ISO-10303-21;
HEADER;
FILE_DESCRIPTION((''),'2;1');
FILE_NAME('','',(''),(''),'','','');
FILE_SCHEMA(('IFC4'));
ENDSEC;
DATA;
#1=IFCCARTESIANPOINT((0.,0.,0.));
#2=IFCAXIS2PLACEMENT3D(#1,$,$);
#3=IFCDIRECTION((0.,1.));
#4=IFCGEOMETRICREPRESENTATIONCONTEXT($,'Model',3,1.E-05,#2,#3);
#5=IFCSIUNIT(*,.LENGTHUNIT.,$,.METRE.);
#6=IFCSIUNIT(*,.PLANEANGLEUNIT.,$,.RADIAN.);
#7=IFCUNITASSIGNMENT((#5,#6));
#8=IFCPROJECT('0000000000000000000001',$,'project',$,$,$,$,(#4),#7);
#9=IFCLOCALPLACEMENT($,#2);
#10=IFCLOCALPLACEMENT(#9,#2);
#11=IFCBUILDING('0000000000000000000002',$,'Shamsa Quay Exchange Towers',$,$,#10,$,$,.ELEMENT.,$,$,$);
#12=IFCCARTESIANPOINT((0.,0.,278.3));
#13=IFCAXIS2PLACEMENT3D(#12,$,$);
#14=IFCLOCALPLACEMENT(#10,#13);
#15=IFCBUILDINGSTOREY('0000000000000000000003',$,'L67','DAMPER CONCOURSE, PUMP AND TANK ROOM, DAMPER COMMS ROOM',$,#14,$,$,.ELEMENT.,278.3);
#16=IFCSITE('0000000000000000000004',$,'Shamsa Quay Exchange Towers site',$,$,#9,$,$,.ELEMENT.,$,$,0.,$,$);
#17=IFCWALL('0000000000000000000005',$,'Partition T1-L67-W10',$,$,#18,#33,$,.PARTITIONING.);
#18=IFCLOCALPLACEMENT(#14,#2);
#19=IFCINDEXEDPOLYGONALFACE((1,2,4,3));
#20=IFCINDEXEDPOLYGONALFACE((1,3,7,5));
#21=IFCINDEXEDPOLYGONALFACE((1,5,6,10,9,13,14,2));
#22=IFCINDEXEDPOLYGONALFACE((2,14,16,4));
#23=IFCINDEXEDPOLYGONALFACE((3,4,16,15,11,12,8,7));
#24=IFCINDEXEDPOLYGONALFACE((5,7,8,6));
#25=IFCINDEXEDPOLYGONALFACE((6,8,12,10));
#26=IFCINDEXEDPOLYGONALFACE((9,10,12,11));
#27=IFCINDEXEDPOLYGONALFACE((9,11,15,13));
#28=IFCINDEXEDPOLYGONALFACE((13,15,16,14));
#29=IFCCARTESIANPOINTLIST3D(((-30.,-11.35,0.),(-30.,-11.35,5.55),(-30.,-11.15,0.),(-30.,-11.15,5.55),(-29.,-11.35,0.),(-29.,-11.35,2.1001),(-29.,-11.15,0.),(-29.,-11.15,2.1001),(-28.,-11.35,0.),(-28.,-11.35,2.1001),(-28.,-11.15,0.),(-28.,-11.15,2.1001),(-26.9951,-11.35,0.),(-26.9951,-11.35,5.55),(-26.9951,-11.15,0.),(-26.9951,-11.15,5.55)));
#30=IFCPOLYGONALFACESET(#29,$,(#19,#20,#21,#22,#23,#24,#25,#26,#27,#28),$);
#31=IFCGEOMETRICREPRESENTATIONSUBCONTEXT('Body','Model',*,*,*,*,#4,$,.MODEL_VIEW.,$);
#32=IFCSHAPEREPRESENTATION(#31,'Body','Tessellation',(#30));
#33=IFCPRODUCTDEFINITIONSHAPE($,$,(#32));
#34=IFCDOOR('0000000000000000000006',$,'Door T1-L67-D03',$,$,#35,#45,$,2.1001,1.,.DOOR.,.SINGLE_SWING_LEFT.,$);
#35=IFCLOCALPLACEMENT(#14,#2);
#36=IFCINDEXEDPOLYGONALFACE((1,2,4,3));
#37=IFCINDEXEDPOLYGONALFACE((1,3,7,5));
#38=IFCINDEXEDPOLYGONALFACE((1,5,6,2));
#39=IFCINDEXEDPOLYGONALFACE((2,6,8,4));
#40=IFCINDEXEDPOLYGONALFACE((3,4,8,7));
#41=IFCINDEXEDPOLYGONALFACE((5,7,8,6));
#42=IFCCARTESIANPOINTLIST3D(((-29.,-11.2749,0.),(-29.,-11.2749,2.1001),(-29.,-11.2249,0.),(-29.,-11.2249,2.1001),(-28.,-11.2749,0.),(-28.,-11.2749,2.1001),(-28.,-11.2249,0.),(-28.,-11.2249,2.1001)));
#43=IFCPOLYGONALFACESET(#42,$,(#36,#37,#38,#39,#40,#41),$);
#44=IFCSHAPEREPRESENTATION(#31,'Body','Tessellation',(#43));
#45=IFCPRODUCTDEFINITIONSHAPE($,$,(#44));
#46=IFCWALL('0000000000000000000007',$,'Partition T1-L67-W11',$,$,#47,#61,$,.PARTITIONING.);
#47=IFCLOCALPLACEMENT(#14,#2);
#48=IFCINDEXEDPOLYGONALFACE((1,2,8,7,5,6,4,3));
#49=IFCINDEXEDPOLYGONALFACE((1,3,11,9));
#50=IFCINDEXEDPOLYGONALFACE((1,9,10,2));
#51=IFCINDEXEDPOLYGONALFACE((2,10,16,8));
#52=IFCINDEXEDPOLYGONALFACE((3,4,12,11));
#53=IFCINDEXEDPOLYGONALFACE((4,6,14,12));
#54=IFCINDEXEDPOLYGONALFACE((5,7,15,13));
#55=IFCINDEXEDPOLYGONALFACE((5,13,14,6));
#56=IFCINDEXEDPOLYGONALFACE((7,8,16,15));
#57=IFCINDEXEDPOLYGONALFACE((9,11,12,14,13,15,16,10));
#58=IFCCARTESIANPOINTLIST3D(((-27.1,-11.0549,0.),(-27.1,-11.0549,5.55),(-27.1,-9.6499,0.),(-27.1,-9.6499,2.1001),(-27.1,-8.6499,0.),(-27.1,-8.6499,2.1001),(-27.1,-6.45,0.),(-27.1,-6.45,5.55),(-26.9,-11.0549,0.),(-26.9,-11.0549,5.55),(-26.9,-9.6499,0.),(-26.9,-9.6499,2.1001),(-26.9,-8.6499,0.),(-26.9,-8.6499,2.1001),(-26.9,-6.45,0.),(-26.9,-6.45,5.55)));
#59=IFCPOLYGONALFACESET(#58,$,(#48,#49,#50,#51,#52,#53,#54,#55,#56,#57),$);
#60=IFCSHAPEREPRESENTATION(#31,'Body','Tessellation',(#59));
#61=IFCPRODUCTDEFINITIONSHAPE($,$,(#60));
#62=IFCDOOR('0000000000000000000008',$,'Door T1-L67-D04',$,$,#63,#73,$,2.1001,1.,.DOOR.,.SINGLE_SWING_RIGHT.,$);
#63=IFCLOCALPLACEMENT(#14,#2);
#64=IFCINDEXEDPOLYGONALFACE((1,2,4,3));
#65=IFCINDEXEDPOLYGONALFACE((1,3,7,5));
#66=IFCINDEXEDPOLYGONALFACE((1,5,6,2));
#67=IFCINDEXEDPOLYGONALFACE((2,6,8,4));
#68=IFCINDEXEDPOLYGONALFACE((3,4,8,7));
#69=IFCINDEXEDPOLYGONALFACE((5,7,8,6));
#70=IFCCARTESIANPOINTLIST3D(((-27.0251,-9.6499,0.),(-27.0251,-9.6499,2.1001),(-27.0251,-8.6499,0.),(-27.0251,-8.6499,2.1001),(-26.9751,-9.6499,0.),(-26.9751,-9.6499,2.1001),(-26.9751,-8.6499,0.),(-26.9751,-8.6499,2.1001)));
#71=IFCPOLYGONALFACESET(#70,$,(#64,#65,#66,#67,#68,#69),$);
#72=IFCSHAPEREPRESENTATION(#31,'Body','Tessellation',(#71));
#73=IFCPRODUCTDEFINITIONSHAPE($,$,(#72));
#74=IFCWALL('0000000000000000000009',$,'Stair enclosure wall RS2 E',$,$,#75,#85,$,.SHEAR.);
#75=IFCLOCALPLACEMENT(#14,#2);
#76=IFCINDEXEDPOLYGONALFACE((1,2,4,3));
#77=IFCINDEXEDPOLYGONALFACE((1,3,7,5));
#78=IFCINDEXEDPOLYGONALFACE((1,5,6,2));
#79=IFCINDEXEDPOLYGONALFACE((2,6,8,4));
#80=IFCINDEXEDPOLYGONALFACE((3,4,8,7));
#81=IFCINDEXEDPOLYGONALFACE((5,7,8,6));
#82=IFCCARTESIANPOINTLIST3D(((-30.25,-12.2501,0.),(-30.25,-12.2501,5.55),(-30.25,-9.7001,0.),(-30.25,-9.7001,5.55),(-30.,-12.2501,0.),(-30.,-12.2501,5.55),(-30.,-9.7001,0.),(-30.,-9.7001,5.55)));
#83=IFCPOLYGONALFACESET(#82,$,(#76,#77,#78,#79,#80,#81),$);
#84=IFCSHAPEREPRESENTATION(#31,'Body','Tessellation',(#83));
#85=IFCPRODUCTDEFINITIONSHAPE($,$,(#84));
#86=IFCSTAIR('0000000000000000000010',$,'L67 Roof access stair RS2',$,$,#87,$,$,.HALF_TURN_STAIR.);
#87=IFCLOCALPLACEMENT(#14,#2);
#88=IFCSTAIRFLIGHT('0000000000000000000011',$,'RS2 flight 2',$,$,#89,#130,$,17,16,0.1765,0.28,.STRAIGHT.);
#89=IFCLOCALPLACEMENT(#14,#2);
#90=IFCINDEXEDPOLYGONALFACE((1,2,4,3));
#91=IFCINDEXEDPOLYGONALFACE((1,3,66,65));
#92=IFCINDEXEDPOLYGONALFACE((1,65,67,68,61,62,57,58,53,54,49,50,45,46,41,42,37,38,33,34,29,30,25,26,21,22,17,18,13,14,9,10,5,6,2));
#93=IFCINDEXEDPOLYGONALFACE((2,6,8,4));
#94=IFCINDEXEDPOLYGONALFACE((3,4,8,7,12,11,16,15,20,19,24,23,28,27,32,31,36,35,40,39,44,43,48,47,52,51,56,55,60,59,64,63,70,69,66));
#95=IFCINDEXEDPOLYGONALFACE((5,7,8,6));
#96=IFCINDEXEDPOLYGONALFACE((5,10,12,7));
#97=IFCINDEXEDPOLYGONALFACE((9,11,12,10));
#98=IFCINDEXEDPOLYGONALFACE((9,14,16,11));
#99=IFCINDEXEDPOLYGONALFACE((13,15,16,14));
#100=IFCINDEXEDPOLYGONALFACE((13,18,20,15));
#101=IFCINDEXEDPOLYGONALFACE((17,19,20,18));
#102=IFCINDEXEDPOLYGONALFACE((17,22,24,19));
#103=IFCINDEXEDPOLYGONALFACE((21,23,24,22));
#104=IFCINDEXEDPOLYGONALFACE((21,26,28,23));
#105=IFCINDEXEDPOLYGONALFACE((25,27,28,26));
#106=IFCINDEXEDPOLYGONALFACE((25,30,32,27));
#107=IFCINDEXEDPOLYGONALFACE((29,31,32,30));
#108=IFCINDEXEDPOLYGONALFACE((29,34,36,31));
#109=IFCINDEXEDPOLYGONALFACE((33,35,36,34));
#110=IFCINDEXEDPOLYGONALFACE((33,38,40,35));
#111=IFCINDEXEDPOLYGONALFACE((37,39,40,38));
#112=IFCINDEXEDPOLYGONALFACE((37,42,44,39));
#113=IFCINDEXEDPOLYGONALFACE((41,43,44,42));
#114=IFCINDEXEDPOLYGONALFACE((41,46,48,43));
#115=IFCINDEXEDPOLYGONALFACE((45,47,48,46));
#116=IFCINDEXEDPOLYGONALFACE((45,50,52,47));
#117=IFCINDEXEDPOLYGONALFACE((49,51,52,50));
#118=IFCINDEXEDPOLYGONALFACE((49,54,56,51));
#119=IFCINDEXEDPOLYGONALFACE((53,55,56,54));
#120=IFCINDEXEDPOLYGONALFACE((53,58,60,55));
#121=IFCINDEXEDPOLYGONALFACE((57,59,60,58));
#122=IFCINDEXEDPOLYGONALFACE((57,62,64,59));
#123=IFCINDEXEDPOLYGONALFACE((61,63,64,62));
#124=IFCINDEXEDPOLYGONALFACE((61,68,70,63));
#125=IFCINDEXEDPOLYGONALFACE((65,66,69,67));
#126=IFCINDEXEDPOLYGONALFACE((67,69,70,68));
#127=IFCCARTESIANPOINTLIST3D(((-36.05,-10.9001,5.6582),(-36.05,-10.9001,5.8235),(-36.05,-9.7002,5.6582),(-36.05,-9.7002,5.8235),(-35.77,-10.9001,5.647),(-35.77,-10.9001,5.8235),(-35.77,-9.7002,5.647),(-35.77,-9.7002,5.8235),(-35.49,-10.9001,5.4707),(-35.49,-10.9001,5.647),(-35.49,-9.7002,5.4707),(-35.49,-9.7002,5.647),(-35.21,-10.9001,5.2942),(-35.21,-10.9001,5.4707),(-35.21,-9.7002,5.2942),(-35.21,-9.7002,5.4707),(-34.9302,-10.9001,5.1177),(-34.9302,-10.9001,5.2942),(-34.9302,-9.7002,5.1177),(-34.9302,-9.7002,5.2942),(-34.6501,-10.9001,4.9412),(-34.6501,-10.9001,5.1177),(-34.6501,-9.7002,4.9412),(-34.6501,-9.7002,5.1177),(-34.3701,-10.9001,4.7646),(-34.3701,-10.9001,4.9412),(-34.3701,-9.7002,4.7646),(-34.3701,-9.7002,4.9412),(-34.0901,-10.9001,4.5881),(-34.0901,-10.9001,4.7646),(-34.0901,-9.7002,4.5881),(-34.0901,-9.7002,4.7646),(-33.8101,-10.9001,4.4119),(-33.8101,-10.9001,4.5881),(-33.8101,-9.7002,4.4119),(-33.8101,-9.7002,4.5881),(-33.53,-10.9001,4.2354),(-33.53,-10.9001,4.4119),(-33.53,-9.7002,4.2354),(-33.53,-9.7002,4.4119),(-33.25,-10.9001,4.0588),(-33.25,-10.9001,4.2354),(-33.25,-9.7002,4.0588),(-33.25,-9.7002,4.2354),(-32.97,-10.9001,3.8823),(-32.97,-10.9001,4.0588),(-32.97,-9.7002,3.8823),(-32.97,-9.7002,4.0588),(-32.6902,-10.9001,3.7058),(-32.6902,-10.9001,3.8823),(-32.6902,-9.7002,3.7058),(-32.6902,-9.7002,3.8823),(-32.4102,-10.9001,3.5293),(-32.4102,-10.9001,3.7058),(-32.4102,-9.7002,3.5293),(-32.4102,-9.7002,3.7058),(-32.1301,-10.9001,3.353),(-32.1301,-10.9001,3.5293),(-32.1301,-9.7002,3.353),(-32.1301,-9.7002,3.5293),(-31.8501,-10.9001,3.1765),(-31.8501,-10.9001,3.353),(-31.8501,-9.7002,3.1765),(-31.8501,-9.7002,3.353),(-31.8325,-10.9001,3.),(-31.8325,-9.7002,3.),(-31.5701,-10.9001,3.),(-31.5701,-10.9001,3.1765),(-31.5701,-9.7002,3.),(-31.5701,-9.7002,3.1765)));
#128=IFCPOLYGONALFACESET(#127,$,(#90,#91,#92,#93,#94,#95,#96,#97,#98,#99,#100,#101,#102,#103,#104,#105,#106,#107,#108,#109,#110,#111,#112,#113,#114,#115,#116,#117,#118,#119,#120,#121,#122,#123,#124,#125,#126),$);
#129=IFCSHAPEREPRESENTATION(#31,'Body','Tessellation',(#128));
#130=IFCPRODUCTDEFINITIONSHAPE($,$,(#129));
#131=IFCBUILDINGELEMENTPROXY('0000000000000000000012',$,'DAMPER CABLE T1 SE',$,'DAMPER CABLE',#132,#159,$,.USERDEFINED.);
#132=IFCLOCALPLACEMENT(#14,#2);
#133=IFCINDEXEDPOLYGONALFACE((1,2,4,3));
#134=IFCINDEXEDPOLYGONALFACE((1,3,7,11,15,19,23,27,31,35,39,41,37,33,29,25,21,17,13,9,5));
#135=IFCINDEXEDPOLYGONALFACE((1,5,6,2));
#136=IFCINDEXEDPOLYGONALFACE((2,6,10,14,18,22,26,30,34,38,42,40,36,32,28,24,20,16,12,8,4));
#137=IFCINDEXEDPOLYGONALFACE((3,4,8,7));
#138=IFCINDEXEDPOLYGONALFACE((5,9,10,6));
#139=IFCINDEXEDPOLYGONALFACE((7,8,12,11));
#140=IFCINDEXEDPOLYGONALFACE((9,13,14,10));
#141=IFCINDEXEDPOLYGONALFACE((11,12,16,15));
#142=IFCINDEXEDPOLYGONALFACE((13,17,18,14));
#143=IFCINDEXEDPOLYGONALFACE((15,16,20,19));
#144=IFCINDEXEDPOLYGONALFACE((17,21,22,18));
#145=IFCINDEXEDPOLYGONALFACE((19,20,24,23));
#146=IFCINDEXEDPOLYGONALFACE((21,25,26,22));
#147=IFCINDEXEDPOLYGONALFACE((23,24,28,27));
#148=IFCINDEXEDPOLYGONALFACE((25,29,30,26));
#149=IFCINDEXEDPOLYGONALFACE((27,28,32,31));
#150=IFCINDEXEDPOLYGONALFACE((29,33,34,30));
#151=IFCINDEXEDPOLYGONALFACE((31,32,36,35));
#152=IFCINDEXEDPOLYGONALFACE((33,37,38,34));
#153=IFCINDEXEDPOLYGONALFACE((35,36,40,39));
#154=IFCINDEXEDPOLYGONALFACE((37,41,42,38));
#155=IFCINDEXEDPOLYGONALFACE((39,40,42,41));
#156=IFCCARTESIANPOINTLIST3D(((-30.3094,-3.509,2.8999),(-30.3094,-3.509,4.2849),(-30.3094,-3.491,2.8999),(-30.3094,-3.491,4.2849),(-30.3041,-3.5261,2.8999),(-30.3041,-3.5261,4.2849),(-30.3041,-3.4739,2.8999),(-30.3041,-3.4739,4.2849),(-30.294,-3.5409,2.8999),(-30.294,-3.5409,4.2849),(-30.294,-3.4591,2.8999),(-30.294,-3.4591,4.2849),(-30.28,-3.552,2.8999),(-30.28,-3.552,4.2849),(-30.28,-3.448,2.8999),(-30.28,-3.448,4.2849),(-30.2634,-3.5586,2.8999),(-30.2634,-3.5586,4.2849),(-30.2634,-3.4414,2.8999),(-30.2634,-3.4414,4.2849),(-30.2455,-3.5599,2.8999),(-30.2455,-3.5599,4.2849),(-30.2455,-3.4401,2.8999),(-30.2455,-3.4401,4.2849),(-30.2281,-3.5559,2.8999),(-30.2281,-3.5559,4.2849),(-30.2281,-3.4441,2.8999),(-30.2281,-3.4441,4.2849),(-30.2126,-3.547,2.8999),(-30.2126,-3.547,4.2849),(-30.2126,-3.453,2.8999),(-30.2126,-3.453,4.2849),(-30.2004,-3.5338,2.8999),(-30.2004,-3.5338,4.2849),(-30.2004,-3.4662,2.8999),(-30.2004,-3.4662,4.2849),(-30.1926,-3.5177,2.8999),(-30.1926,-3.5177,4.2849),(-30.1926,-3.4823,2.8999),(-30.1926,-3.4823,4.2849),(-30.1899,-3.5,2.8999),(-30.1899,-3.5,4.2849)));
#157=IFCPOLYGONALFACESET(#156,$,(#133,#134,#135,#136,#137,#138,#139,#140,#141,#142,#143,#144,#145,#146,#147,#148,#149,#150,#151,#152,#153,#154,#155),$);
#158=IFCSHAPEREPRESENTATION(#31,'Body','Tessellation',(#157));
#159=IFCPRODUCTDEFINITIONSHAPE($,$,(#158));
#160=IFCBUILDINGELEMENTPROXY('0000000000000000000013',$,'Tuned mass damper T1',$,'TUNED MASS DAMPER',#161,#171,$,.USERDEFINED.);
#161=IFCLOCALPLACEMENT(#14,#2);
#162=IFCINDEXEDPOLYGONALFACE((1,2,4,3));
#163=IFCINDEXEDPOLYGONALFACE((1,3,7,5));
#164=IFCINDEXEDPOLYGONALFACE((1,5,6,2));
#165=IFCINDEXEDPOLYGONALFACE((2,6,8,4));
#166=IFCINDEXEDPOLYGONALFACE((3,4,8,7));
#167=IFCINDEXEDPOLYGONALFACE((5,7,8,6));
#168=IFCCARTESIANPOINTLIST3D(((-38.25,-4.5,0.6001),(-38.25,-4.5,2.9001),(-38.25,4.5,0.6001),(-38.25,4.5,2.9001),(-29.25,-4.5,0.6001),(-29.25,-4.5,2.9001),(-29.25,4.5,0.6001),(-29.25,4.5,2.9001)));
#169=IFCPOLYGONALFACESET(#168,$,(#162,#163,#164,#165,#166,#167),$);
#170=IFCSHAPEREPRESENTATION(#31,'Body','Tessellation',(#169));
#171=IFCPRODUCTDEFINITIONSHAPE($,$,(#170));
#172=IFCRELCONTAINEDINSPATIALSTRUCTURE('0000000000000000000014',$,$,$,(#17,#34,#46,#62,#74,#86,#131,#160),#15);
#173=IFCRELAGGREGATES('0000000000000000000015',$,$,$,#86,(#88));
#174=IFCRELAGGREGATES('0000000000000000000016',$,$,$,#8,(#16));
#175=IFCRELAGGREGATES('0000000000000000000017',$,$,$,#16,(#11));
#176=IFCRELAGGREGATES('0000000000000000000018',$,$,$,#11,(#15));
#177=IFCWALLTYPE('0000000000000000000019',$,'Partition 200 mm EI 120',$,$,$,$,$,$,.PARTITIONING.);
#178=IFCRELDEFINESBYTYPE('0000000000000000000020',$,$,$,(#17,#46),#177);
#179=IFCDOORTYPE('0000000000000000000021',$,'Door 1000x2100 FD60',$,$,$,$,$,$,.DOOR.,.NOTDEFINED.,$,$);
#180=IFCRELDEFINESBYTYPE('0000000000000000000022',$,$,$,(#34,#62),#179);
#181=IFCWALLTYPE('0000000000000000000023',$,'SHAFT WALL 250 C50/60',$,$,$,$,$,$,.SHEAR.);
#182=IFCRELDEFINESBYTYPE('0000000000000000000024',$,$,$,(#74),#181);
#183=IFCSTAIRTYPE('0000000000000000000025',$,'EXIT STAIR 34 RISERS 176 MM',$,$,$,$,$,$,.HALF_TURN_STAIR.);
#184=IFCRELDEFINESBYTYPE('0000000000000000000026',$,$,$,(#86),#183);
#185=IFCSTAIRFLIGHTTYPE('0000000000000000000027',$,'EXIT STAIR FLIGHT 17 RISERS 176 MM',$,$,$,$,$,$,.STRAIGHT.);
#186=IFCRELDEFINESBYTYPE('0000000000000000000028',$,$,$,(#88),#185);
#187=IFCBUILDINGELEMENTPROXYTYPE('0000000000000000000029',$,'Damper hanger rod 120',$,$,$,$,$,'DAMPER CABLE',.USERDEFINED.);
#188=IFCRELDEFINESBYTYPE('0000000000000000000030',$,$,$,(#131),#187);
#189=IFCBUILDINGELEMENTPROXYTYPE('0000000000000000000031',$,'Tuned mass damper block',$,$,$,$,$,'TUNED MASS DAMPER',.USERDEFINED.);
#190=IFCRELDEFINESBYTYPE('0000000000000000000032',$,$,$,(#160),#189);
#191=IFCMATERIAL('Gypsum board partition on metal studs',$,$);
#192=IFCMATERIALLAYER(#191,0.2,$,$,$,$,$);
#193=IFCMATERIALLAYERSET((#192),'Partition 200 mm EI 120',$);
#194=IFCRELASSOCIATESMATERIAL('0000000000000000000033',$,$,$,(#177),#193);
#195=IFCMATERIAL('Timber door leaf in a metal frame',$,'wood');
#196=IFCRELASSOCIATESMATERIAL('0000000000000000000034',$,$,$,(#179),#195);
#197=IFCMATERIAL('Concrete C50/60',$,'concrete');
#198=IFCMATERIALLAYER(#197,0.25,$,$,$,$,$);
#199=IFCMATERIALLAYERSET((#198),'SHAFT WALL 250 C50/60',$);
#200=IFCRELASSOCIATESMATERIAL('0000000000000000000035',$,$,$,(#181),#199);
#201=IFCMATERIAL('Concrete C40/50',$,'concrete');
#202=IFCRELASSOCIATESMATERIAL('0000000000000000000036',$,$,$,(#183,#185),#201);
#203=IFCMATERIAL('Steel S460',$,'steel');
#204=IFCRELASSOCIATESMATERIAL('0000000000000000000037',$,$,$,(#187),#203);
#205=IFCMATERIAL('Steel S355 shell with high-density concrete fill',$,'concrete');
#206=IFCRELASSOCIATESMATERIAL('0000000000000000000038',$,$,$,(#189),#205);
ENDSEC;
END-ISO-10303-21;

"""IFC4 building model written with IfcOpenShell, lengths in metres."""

from ifc_helpers import new_model, si_unit, direction, frame, frame_2d, origin, origin_2d, place, context, subcontext, project, spatial, polyline, rectangle, circle, outline, extrude, material, layer, layer_set, material_profile, profile_set, type_object, element, fill, aggregate, save


model = new_model("IFC4")

# Units and contexts
model_context = context("Model", 3, precision=1e-05, world=origin(), true_north=direction((0.0, 1.0)))
body_context = subcontext(model_context, "Body", "Model", "MODEL_VIEW")
ifc_project = project(units=[si_unit("LENGTHUNIT", "METRE"), si_unit("PLANEANGLEUNIT", "RADIAN")], contexts=[model_context])

# Site, building, storey
site_placement = place(None, origin())
site = spatial("IfcSite", under=ifc_project, at=site_placement, Name="Shamsa Quay Exchange Towers site", CompositionType="ELEMENT", RefElevation=0.0)
building_placement = place(site_placement, origin())
building = spatial("IfcBuilding", under=site, at=building_placement, Name="Shamsa Quay Exchange Towers", CompositionType="ELEMENT")
storey_placement = place(building_placement, frame((0.0, 0.0, 278.3)))
storey = spatial("IfcBuildingStorey", under=building, at=storey_placement, Name="L67", Description="DAMPER CONCOURSE, PUMP AND TANK ROOM, DAMPER COMMS ROOM", CompositionType="ELEMENT", Elevation=278.3)

# Walls, openings, doors
ifc_material_1 = material(Name="Gypsum board partition on metal studs")
ifc_layer_1 = layer(ifc_material_1, 0.2)
ifc_layer_set_1 = layer_set([ifc_layer_1], Name="Partition 200 mm EI 120")
wall_type_1 = type_object("IfcWallType", Name="Partition 200 mm EI 120", PredefinedType="PARTITIONING", material=ifc_layer_set_1)
wall_1_placement = place(storey_placement, frame((-26.9951, -11.25, 0.0), z_axis=(0.0, 0.0, 1.0), x_axis=(-1.0, 0.0, 0.0)))
wall_1 = element("IfcWall", 1, at=wall_1_placement, inside=storey, type_object=wall_type_1, Name="Partition T1-L67-W10", PredefinedType="PARTITIONING", context=body_context, shape_type="SweptSolid", body=[
    extrude(rectangle(XDim=3.0049, YDim=0.2, at=frame_2d((1.5024, 0.0))), origin(), (0.0, 0.0, 1.0), 5.55),
])
opening_1_placement = place(wall_1_placement, frame((1.0049, 0.0, 0.0)))
opening_1 = element("IfcOpeningElement", 2, at=opening_1_placement, cuts=wall_1, PredefinedType="OPENING", context=body_context, shape_type="SweptSolid", body=[
    extrude(rectangle(XDim=1.0, YDim=2.1001, at=frame_2d((0.5, 1.05))), frame((0.0, 0.1099, 0.0), z_axis=(0.0, -1.0, 0.0), x_axis=(1.0, 0.0, 0.0)), (0.0, 0.0, 1.0), 0.22),
])
ifc_material_2 = material(Name="Timber door leaf in a metal frame", Category="wood")
door_type = type_object("IfcDoorType", Name="Door 1000x2100 FD60", OperationType="NOTDEFINED", PredefinedType="DOOR", material=ifc_material_2)
door_1_placement = place(opening_1_placement, origin())
door_1 = element("IfcDoor", 3, at=door_1_placement, inside=storey, type_object=door_type, Name="Door T1-L67-D03", OperationType="SINGLE_SWING_LEFT", OverallHeight=2.1001, OverallWidth=1.0, PredefinedType="DOOR", context=body_context, shape_type="SweptSolid", body=[
    extrude(rectangle(XDim=1.0, YDim=2.1001, at=frame_2d((0.5, 1.05))), frame((0.0, 0.0249, 0.0), z_axis=(0.0, -1.0, 0.0), x_axis=(1.0, 0.0, 0.0)), (0.0, 0.0, 1.0), 0.05),
])
fill(opening_1, door_1)
wall_2_placement = place(storey_placement, frame((-27.0, -6.45, 0.0), z_axis=(0.0, 0.0, 1.0), x_axis=(0.0, -1.0, 0.0)))
wall_2 = element("IfcWall", 4, at=wall_2_placement, inside=storey, type_object=wall_type_1, Name="Partition T1-L67-W11", PredefinedType="PARTITIONING", context=body_context, shape_type="SweptSolid", body=[
    extrude(rectangle(XDim=4.605, YDim=0.2, at=frame_2d((2.3025, 0.0))), origin(), (0.0, 0.0, 1.0), 5.55),
])
opening_2_placement = place(wall_2_placement, frame((2.2, 0.0, 0.0)))
opening_2 = element("IfcOpeningElement", 5, at=opening_2_placement, cuts=wall_2, PredefinedType="OPENING", context=body_context, shape_type="SweptSolid", body=[
    extrude(rectangle(XDim=1.0, YDim=2.1001, at=frame_2d((0.5, 1.05))), frame((0.0, 0.1099, 0.0), z_axis=(0.0, -1.0, 0.0), x_axis=(1.0, 0.0, 0.0)), (0.0, 0.0, 1.0), 0.22),
])
door_2_placement = place(opening_2_placement, origin())
door_2 = element("IfcDoor", 6, at=door_2_placement, inside=storey, type_object=door_type, Name="Door T1-L67-D04", OperationType="SINGLE_SWING_RIGHT", OverallHeight=2.1001, OverallWidth=1.0, PredefinedType="DOOR", context=body_context, shape_type="SweptSolid", body=[
    extrude(rectangle(XDim=1.0, YDim=2.1001, at=frame_2d((0.5, 1.05))), frame((0.0, 0.0249, 0.0), z_axis=(0.0, -1.0, 0.0), x_axis=(1.0, 0.0, 0.0)), (0.0, 0.0, 1.0), 0.05),
])
fill(opening_2, door_2)

# Wall
ifc_material_3 = material(Name="Concrete C50/60", Category="concrete")
ifc_layer_2 = layer(ifc_material_3, 0.25)
ifc_layer_set_2 = layer_set([ifc_layer_2], Name="SHAFT WALL 250 C50/60")
wall_type_2 = type_object("IfcWallType", Name="SHAFT WALL 250 C50/60", PredefinedType="SHEAR", material=ifc_layer_set_2)
wall_3_placement = place(storey_placement, frame((-30.125, -12.25, 0.0), z_axis=(0.0, 0.0, 1.0), x_axis=(0.0, 1.0, 0.0)))
element("IfcWall", 7, at=wall_3_placement, inside=storey, type_object=wall_type_2, Name="Stair enclosure wall RS2 E", PredefinedType="SHEAR", context=body_context, shape_type="SweptSolid", body=[
    extrude(rectangle(XDim=2.55, YDim=0.25, at=frame_2d((1.2749, 0.0))), origin(), (0.0, 0.0, 1.0), 5.55),
])

# Stair, stair flight
ifc_material_4 = material(Name="Concrete C40/50", Category="concrete")
stair_type = type_object("IfcStairType", Name="EXIT STAIR 34 RISERS 176 MM", PredefinedType="HALF_TURN_STAIR", material=ifc_material_4)
stair_placement = place(storey_placement, origin())
stair = element("IfcStair", 8, at=stair_placement, inside=storey, type_object=stair_type, Name="L67 Roof access stair RS2", PredefinedType="HALF_TURN_STAIR")
stair_flight_type = type_object("IfcStairFlightType", Name="EXIT STAIR FLIGHT 17 RISERS 176 MM", PredefinedType="STRAIGHT", material=ifc_material_4)
stair_flight_placement = place(storey_placement, frame((-31.5701, -10.3, 3.0), z_axis=(0.0, 0.0, 1.0), x_axis=(-1.0, 0.0, 0.0)))
stair_flight = element("IfcStairFlight", 9, at=stair_flight_placement, type_object=stair_flight_type, Name="RS2 flight 2", NumberOfRisers=17, NumberOfTreads=16, PredefinedType="STRAIGHT", RiserHeight=0.1765, TreadLength=0.28, context=body_context, shape_type="SweptSolid", body=[
    extrude(outline(polyline([(0.0, 0.0), (0.0, 0.1765), (0.28, 0.1765), (0.28, 0.353), (0.5601, 0.353), (0.5601, 0.5293), (0.8401, 0.5293), (0.8401, 0.7058), (1.1201, 0.7058), (1.1201, 0.8823), (1.3999, 0.8823), (1.3999, 1.0588), (1.6799, 1.0588), (1.6799, 1.2354), (1.96, 1.2354), (1.96, 1.4119), (2.24, 1.4119), (2.24, 1.5881), (2.52, 1.5881), (2.52, 1.7646), (2.8, 1.7646), (2.8, 1.9412), (3.0801, 1.9412), (3.0801, 2.1177), (3.3601, 2.1177), (3.3601, 2.2942), (3.6399, 2.2942), (3.6399, 2.4707), (3.9199, 2.4707), (3.9199, 2.647), (4.2, 2.647), (4.2, 2.8235), (4.48, 2.8235), (4.48, 3.0), (4.48, 2.6582), (0.2625, 0.0), (0.0, 0.0)])), frame((0.0, 0.6001, 0.0), z_axis=(0.0, -1.0, 0.0), x_axis=(1.0, 0.0, 0.0)), (0.0, 0.0, 1.0), 1.2),
])
aggregate(stair, [stair_flight])

# Building element proxies
ifc_material_5 = material(Name="Steel S460", Category="steel")
ifc_material_profile_1 = material_profile(ifc_material_5, circle(Radius=0.0601, at=origin_2d()), Name="R120")
ifc_profile_set_1 = profile_set([ifc_material_profile_1], Name="Steel S460")
building_element_proxy_type_1 = type_object("IfcBuildingElementProxyType", Name="Damper hanger rod 120", ElementType="DAMPER CABLE", PredefinedType="USERDEFINED", material=ifc_profile_set_1)
proxy_1_placement = place(storey_placement, frame((-30.25, -3.5, 2.8999)))
element("IfcBuildingElementProxy", 10, at=proxy_1_placement, inside=storey, type_object=building_element_proxy_type_1, Name="DAMPER CABLE T1 SE", ObjectType="DAMPER CABLE", PredefinedType="USERDEFINED", context=body_context, shape_type="SweptSolid", body=[
    extrude(circle(Radius=0.0601, at=origin_2d()), origin(), (0.0, 0.0, 1.0), 1.385),
])
ifc_material_6 = material(Name="Steel S355 shell with high-density concrete fill", Category="concrete")
building_element_proxy_type_2 = type_object("IfcBuildingElementProxyType", Name="Tuned mass damper block", ElementType="TUNED MASS DAMPER", PredefinedType="USERDEFINED", material=ifc_material_6)
proxy_2_placement = place(storey_placement, frame((-33.75, 0.0, 0.6001)))
element("IfcBuildingElementProxy", 11, at=proxy_2_placement, inside=storey, type_object=building_element_proxy_type_2, Name="Tuned mass damper T1", ObjectType="TUNED MASS DAMPER", PredefinedType="USERDEFINED", context=body_context, shape_type="SweptSolid", body=[
    extrude(rectangle(XDim=9.0, YDim=9.0, at=origin_2d()), origin(), (0.0, 0.0, 1.0), 2.3),
])

save(model, "model.ifc")
